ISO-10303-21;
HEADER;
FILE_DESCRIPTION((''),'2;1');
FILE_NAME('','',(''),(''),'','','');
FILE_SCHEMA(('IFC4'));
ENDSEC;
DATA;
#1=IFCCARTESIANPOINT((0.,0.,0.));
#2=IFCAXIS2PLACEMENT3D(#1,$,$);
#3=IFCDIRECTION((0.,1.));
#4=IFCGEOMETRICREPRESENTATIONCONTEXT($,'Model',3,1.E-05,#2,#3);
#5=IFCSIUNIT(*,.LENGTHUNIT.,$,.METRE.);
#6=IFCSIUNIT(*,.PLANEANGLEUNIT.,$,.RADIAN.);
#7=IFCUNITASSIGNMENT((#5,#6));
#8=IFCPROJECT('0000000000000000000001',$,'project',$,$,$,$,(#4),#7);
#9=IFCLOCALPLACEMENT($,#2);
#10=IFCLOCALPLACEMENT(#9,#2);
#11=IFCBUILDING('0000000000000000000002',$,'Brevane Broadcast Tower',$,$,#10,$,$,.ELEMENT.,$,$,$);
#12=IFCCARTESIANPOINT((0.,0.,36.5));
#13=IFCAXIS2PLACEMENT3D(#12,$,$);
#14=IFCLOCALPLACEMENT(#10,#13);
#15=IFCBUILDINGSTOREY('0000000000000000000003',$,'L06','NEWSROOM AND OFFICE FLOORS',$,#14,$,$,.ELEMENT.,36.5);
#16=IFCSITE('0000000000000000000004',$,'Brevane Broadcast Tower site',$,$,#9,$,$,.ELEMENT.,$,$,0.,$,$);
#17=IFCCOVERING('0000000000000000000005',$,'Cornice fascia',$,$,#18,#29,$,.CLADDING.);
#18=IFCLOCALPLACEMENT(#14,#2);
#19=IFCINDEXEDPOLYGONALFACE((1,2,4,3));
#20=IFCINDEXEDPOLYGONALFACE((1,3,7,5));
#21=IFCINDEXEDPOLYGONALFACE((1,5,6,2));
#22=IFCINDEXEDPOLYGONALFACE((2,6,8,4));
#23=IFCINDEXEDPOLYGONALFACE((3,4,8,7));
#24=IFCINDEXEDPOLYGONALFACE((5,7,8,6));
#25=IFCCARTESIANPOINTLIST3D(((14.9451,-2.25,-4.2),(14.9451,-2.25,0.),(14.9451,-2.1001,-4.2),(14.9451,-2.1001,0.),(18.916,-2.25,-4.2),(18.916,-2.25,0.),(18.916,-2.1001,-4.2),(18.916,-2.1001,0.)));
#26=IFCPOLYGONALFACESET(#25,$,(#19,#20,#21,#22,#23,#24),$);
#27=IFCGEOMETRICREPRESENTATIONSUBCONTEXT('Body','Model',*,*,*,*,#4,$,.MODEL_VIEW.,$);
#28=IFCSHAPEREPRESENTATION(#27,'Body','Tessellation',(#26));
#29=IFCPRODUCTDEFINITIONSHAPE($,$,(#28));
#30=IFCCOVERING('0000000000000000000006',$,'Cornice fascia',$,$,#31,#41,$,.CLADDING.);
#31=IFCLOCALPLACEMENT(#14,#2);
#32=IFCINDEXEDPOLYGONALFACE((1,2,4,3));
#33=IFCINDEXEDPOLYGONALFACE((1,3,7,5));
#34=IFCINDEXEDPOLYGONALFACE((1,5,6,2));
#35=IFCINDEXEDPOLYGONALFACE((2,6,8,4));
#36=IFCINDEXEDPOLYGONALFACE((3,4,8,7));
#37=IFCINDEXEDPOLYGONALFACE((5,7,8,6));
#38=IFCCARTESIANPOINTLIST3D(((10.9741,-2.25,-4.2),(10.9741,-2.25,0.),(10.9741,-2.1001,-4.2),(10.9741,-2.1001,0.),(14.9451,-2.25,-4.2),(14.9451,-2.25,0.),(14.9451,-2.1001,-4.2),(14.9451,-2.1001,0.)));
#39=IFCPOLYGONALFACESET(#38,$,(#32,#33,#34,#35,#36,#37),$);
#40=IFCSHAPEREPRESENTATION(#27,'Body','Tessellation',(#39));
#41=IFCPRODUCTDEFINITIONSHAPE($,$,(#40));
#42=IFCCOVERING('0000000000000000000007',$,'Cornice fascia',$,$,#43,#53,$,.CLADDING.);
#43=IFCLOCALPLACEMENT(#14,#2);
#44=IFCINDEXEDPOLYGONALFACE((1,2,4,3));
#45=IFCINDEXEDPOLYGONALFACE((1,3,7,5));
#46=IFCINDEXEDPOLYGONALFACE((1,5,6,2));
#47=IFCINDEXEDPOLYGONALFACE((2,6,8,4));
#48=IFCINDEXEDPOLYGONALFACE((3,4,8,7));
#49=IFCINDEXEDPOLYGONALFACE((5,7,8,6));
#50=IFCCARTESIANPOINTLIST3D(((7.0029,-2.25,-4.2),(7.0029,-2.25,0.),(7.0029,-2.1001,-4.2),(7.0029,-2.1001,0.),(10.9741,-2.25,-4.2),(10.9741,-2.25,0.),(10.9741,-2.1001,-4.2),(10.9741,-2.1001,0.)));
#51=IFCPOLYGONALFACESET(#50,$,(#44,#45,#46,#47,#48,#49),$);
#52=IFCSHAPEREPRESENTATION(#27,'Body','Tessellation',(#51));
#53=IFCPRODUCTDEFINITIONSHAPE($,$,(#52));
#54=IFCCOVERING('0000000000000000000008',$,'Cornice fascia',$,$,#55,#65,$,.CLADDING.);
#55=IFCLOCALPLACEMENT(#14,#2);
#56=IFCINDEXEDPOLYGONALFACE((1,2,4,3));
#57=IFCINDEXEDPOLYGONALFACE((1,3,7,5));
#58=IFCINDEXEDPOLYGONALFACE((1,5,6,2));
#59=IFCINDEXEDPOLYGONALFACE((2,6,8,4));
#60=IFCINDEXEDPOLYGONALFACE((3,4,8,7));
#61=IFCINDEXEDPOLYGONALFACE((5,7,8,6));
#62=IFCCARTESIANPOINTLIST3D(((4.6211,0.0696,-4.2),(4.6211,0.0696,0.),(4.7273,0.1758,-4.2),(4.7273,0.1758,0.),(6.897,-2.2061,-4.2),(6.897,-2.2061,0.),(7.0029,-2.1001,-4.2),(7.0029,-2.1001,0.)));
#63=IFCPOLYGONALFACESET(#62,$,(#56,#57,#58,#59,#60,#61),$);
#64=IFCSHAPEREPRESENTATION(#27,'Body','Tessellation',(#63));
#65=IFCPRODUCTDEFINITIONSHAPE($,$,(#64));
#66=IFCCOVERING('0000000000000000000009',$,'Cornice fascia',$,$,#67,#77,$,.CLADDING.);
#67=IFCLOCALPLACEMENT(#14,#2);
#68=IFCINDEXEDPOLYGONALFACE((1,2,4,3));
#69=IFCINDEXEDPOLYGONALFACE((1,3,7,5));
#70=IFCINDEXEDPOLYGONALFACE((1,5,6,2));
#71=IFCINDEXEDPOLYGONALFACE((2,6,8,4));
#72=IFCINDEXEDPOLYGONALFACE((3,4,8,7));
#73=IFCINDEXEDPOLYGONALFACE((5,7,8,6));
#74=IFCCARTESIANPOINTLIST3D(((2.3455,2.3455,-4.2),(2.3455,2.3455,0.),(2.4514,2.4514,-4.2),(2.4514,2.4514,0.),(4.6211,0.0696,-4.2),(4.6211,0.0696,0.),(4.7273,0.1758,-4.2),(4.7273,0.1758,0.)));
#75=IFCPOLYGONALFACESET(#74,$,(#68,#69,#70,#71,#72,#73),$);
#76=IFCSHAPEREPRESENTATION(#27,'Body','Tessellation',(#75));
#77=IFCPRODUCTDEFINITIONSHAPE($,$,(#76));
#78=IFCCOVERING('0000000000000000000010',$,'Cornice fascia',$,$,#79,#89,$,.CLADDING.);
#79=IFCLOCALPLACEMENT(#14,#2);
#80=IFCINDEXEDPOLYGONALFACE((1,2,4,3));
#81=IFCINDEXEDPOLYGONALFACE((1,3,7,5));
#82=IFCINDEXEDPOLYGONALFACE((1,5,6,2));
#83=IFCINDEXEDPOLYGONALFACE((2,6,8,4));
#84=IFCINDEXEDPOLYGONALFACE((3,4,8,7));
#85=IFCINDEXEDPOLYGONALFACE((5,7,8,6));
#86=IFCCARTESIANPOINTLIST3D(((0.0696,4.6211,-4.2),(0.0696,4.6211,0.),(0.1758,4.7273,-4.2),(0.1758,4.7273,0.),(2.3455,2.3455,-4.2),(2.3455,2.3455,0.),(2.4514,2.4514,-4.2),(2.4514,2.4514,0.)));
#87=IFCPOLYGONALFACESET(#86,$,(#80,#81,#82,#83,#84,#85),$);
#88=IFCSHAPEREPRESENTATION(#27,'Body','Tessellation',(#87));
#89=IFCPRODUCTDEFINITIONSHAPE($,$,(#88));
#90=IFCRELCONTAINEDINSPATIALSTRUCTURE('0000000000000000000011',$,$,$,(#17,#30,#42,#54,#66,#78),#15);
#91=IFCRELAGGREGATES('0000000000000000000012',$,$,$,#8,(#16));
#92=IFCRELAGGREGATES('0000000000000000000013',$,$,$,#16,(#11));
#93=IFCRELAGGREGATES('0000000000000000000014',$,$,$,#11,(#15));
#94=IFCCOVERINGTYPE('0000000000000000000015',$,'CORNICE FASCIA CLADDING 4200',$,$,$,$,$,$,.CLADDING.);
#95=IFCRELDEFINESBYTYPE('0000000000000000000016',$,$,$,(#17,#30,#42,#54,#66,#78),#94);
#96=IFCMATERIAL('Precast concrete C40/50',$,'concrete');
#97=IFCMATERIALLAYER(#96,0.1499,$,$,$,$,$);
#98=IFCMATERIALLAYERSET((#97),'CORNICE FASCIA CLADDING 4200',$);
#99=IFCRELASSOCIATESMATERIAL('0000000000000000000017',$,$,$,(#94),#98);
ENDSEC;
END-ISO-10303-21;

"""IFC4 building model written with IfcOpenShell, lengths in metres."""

from ifc_helpers import new_model, si_unit, direction, frame, origin, place, context, subcontext, project, spatial, polyline, outline, extrude, material, layer, layer_set, type_object, element, save


model = new_model("IFC4")

# Units and contexts
model_context = context("Model", 3, precision=1e-05, world=origin(), true_north=direction((0.0, 1.0)))
body_context = subcontext(model_context, "Body", "Model", "MODEL_VIEW")
ifc_project = project(units=[si_unit("LENGTHUNIT", "METRE"), si_unit("PLANEANGLEUNIT", "RADIAN")], contexts=[model_context])

# Site, building, storey
site_placement = place(None, origin())
site = spatial("IfcSite", under=ifc_project, at=site_placement, Name="Brevane Broadcast Tower site", CompositionType="ELEMENT", RefElevation=0.0)
building_placement = place(site_placement, origin())
building = spatial("IfcBuilding", under=site, at=building_placement, Name="Brevane Broadcast Tower", CompositionType="ELEMENT")
storey_placement = place(building_placement, frame((0.0, 0.0, 36.5)))
storey = spatial("IfcBuildingStorey", under=building, at=storey_placement, Name="L06", Description="NEWSROOM AND OFFICE FLOORS", CompositionType="ELEMENT", Elevation=36.5)

# Coverings
ifc_material = material(Name="Precast concrete C40/50", Category="concrete")
ifc_layer = layer(ifc_material, 0.1499)
ifc_layer_set = layer_set([ifc_layer], Name="CORNICE FASCIA CLADDING 4200")
covering_type = type_object("IfcCoveringType", Name="CORNICE FASCIA CLADDING 4200", PredefinedType="CLADDING", material=ifc_layer_set)
covering_1_placement = place(storey_placement, frame((0.0, 0.0, -4.2)))
element("IfcCovering", 1, at=covering_1_placement, inside=storey, type_object=covering_type, Name="Cornice fascia", PredefinedType="CLADDING", context=body_context, shape_type="SweptSolid", body=[
    extrude(outline(polyline([(18.916, -2.1001), (14.9451, -2.1001), (14.9451, -2.25), (18.916, -2.25), (18.916, -2.1001)])), origin(), (0.0, 0.0, 1.0), 4.2),
])
covering_2_placement = place(storey_placement, frame((0.0, 0.0, -4.2)))
element("IfcCovering", 2, at=covering_2_placement, inside=storey, type_object=covering_type, Name="Cornice fascia", PredefinedType="CLADDING", context=body_context, shape_type="SweptSolid", body=[
    extrude(outline(polyline([(14.9451, -2.1001), (10.9741, -2.1001), (10.9741, -2.25), (14.9451, -2.25), (14.9451, -2.1001)])), origin(), (0.0, 0.0, 1.0), 4.2),
])
covering_3_placement = place(storey_placement, frame((0.0, 0.0, -4.2)))
element("IfcCovering", 3, at=covering_3_placement, inside=storey, type_object=covering_type, Name="Cornice fascia", PredefinedType="CLADDING", context=body_context, shape_type="SweptSolid", body=[
    extrude(outline(polyline([(10.9741, -2.1001), (7.0029, -2.1001), (7.0029, -2.25), (10.9741, -2.25), (10.9741, -2.1001)])), origin(), (0.0, 0.0, 1.0), 4.2),
])
covering_4_placement = place(storey_placement, frame((0.0, 0.0, -4.2)))
element("IfcCovering", 4, at=covering_4_placement, inside=storey, type_object=covering_type, Name="Cornice fascia", PredefinedType="CLADDING", context=body_context, shape_type="SweptSolid", body=[
    extrude(outline(polyline([(7.0029, -2.1001), (4.7273, 0.1758), (4.6211, 0.0696), (6.897, -2.2061), (7.0029, -2.1001)])), origin(), (0.0, 0.0, 1.0), 4.2),
])
covering_5_placement = place(storey_placement, frame((0.0, 0.0, -4.2)))
element("IfcCovering", 5, at=covering_5_placement, inside=storey, type_object=covering_type, Name="Cornice fascia", PredefinedType="CLADDING", context=body_context, shape_type="SweptSolid", body=[
    extrude(outline(polyline([(4.7273, 0.1758), (2.4514, 2.4514), (2.3455, 2.3455), (4.6211, 0.0696), (4.7273, 0.1758)])), origin(), (0.0, 0.0, 1.0), 4.2),
])
covering_6_placement = place(storey_placement, frame((0.0, 0.0, -4.2)))
element("IfcCovering", 6, at=covering_6_placement, inside=storey, type_object=covering_type, Name="Cornice fascia", PredefinedType="CLADDING", context=body_context, shape_type="SweptSolid", body=[
    extrude(outline(polyline([(2.4514, 2.4514), (0.1758, 4.7273), (0.0696, 4.6211), (2.3455, 2.3455), (2.4514, 2.4514)])), origin(), (0.0, 0.0, 1.0), 4.2),
])

save(model, "model.ifc")
